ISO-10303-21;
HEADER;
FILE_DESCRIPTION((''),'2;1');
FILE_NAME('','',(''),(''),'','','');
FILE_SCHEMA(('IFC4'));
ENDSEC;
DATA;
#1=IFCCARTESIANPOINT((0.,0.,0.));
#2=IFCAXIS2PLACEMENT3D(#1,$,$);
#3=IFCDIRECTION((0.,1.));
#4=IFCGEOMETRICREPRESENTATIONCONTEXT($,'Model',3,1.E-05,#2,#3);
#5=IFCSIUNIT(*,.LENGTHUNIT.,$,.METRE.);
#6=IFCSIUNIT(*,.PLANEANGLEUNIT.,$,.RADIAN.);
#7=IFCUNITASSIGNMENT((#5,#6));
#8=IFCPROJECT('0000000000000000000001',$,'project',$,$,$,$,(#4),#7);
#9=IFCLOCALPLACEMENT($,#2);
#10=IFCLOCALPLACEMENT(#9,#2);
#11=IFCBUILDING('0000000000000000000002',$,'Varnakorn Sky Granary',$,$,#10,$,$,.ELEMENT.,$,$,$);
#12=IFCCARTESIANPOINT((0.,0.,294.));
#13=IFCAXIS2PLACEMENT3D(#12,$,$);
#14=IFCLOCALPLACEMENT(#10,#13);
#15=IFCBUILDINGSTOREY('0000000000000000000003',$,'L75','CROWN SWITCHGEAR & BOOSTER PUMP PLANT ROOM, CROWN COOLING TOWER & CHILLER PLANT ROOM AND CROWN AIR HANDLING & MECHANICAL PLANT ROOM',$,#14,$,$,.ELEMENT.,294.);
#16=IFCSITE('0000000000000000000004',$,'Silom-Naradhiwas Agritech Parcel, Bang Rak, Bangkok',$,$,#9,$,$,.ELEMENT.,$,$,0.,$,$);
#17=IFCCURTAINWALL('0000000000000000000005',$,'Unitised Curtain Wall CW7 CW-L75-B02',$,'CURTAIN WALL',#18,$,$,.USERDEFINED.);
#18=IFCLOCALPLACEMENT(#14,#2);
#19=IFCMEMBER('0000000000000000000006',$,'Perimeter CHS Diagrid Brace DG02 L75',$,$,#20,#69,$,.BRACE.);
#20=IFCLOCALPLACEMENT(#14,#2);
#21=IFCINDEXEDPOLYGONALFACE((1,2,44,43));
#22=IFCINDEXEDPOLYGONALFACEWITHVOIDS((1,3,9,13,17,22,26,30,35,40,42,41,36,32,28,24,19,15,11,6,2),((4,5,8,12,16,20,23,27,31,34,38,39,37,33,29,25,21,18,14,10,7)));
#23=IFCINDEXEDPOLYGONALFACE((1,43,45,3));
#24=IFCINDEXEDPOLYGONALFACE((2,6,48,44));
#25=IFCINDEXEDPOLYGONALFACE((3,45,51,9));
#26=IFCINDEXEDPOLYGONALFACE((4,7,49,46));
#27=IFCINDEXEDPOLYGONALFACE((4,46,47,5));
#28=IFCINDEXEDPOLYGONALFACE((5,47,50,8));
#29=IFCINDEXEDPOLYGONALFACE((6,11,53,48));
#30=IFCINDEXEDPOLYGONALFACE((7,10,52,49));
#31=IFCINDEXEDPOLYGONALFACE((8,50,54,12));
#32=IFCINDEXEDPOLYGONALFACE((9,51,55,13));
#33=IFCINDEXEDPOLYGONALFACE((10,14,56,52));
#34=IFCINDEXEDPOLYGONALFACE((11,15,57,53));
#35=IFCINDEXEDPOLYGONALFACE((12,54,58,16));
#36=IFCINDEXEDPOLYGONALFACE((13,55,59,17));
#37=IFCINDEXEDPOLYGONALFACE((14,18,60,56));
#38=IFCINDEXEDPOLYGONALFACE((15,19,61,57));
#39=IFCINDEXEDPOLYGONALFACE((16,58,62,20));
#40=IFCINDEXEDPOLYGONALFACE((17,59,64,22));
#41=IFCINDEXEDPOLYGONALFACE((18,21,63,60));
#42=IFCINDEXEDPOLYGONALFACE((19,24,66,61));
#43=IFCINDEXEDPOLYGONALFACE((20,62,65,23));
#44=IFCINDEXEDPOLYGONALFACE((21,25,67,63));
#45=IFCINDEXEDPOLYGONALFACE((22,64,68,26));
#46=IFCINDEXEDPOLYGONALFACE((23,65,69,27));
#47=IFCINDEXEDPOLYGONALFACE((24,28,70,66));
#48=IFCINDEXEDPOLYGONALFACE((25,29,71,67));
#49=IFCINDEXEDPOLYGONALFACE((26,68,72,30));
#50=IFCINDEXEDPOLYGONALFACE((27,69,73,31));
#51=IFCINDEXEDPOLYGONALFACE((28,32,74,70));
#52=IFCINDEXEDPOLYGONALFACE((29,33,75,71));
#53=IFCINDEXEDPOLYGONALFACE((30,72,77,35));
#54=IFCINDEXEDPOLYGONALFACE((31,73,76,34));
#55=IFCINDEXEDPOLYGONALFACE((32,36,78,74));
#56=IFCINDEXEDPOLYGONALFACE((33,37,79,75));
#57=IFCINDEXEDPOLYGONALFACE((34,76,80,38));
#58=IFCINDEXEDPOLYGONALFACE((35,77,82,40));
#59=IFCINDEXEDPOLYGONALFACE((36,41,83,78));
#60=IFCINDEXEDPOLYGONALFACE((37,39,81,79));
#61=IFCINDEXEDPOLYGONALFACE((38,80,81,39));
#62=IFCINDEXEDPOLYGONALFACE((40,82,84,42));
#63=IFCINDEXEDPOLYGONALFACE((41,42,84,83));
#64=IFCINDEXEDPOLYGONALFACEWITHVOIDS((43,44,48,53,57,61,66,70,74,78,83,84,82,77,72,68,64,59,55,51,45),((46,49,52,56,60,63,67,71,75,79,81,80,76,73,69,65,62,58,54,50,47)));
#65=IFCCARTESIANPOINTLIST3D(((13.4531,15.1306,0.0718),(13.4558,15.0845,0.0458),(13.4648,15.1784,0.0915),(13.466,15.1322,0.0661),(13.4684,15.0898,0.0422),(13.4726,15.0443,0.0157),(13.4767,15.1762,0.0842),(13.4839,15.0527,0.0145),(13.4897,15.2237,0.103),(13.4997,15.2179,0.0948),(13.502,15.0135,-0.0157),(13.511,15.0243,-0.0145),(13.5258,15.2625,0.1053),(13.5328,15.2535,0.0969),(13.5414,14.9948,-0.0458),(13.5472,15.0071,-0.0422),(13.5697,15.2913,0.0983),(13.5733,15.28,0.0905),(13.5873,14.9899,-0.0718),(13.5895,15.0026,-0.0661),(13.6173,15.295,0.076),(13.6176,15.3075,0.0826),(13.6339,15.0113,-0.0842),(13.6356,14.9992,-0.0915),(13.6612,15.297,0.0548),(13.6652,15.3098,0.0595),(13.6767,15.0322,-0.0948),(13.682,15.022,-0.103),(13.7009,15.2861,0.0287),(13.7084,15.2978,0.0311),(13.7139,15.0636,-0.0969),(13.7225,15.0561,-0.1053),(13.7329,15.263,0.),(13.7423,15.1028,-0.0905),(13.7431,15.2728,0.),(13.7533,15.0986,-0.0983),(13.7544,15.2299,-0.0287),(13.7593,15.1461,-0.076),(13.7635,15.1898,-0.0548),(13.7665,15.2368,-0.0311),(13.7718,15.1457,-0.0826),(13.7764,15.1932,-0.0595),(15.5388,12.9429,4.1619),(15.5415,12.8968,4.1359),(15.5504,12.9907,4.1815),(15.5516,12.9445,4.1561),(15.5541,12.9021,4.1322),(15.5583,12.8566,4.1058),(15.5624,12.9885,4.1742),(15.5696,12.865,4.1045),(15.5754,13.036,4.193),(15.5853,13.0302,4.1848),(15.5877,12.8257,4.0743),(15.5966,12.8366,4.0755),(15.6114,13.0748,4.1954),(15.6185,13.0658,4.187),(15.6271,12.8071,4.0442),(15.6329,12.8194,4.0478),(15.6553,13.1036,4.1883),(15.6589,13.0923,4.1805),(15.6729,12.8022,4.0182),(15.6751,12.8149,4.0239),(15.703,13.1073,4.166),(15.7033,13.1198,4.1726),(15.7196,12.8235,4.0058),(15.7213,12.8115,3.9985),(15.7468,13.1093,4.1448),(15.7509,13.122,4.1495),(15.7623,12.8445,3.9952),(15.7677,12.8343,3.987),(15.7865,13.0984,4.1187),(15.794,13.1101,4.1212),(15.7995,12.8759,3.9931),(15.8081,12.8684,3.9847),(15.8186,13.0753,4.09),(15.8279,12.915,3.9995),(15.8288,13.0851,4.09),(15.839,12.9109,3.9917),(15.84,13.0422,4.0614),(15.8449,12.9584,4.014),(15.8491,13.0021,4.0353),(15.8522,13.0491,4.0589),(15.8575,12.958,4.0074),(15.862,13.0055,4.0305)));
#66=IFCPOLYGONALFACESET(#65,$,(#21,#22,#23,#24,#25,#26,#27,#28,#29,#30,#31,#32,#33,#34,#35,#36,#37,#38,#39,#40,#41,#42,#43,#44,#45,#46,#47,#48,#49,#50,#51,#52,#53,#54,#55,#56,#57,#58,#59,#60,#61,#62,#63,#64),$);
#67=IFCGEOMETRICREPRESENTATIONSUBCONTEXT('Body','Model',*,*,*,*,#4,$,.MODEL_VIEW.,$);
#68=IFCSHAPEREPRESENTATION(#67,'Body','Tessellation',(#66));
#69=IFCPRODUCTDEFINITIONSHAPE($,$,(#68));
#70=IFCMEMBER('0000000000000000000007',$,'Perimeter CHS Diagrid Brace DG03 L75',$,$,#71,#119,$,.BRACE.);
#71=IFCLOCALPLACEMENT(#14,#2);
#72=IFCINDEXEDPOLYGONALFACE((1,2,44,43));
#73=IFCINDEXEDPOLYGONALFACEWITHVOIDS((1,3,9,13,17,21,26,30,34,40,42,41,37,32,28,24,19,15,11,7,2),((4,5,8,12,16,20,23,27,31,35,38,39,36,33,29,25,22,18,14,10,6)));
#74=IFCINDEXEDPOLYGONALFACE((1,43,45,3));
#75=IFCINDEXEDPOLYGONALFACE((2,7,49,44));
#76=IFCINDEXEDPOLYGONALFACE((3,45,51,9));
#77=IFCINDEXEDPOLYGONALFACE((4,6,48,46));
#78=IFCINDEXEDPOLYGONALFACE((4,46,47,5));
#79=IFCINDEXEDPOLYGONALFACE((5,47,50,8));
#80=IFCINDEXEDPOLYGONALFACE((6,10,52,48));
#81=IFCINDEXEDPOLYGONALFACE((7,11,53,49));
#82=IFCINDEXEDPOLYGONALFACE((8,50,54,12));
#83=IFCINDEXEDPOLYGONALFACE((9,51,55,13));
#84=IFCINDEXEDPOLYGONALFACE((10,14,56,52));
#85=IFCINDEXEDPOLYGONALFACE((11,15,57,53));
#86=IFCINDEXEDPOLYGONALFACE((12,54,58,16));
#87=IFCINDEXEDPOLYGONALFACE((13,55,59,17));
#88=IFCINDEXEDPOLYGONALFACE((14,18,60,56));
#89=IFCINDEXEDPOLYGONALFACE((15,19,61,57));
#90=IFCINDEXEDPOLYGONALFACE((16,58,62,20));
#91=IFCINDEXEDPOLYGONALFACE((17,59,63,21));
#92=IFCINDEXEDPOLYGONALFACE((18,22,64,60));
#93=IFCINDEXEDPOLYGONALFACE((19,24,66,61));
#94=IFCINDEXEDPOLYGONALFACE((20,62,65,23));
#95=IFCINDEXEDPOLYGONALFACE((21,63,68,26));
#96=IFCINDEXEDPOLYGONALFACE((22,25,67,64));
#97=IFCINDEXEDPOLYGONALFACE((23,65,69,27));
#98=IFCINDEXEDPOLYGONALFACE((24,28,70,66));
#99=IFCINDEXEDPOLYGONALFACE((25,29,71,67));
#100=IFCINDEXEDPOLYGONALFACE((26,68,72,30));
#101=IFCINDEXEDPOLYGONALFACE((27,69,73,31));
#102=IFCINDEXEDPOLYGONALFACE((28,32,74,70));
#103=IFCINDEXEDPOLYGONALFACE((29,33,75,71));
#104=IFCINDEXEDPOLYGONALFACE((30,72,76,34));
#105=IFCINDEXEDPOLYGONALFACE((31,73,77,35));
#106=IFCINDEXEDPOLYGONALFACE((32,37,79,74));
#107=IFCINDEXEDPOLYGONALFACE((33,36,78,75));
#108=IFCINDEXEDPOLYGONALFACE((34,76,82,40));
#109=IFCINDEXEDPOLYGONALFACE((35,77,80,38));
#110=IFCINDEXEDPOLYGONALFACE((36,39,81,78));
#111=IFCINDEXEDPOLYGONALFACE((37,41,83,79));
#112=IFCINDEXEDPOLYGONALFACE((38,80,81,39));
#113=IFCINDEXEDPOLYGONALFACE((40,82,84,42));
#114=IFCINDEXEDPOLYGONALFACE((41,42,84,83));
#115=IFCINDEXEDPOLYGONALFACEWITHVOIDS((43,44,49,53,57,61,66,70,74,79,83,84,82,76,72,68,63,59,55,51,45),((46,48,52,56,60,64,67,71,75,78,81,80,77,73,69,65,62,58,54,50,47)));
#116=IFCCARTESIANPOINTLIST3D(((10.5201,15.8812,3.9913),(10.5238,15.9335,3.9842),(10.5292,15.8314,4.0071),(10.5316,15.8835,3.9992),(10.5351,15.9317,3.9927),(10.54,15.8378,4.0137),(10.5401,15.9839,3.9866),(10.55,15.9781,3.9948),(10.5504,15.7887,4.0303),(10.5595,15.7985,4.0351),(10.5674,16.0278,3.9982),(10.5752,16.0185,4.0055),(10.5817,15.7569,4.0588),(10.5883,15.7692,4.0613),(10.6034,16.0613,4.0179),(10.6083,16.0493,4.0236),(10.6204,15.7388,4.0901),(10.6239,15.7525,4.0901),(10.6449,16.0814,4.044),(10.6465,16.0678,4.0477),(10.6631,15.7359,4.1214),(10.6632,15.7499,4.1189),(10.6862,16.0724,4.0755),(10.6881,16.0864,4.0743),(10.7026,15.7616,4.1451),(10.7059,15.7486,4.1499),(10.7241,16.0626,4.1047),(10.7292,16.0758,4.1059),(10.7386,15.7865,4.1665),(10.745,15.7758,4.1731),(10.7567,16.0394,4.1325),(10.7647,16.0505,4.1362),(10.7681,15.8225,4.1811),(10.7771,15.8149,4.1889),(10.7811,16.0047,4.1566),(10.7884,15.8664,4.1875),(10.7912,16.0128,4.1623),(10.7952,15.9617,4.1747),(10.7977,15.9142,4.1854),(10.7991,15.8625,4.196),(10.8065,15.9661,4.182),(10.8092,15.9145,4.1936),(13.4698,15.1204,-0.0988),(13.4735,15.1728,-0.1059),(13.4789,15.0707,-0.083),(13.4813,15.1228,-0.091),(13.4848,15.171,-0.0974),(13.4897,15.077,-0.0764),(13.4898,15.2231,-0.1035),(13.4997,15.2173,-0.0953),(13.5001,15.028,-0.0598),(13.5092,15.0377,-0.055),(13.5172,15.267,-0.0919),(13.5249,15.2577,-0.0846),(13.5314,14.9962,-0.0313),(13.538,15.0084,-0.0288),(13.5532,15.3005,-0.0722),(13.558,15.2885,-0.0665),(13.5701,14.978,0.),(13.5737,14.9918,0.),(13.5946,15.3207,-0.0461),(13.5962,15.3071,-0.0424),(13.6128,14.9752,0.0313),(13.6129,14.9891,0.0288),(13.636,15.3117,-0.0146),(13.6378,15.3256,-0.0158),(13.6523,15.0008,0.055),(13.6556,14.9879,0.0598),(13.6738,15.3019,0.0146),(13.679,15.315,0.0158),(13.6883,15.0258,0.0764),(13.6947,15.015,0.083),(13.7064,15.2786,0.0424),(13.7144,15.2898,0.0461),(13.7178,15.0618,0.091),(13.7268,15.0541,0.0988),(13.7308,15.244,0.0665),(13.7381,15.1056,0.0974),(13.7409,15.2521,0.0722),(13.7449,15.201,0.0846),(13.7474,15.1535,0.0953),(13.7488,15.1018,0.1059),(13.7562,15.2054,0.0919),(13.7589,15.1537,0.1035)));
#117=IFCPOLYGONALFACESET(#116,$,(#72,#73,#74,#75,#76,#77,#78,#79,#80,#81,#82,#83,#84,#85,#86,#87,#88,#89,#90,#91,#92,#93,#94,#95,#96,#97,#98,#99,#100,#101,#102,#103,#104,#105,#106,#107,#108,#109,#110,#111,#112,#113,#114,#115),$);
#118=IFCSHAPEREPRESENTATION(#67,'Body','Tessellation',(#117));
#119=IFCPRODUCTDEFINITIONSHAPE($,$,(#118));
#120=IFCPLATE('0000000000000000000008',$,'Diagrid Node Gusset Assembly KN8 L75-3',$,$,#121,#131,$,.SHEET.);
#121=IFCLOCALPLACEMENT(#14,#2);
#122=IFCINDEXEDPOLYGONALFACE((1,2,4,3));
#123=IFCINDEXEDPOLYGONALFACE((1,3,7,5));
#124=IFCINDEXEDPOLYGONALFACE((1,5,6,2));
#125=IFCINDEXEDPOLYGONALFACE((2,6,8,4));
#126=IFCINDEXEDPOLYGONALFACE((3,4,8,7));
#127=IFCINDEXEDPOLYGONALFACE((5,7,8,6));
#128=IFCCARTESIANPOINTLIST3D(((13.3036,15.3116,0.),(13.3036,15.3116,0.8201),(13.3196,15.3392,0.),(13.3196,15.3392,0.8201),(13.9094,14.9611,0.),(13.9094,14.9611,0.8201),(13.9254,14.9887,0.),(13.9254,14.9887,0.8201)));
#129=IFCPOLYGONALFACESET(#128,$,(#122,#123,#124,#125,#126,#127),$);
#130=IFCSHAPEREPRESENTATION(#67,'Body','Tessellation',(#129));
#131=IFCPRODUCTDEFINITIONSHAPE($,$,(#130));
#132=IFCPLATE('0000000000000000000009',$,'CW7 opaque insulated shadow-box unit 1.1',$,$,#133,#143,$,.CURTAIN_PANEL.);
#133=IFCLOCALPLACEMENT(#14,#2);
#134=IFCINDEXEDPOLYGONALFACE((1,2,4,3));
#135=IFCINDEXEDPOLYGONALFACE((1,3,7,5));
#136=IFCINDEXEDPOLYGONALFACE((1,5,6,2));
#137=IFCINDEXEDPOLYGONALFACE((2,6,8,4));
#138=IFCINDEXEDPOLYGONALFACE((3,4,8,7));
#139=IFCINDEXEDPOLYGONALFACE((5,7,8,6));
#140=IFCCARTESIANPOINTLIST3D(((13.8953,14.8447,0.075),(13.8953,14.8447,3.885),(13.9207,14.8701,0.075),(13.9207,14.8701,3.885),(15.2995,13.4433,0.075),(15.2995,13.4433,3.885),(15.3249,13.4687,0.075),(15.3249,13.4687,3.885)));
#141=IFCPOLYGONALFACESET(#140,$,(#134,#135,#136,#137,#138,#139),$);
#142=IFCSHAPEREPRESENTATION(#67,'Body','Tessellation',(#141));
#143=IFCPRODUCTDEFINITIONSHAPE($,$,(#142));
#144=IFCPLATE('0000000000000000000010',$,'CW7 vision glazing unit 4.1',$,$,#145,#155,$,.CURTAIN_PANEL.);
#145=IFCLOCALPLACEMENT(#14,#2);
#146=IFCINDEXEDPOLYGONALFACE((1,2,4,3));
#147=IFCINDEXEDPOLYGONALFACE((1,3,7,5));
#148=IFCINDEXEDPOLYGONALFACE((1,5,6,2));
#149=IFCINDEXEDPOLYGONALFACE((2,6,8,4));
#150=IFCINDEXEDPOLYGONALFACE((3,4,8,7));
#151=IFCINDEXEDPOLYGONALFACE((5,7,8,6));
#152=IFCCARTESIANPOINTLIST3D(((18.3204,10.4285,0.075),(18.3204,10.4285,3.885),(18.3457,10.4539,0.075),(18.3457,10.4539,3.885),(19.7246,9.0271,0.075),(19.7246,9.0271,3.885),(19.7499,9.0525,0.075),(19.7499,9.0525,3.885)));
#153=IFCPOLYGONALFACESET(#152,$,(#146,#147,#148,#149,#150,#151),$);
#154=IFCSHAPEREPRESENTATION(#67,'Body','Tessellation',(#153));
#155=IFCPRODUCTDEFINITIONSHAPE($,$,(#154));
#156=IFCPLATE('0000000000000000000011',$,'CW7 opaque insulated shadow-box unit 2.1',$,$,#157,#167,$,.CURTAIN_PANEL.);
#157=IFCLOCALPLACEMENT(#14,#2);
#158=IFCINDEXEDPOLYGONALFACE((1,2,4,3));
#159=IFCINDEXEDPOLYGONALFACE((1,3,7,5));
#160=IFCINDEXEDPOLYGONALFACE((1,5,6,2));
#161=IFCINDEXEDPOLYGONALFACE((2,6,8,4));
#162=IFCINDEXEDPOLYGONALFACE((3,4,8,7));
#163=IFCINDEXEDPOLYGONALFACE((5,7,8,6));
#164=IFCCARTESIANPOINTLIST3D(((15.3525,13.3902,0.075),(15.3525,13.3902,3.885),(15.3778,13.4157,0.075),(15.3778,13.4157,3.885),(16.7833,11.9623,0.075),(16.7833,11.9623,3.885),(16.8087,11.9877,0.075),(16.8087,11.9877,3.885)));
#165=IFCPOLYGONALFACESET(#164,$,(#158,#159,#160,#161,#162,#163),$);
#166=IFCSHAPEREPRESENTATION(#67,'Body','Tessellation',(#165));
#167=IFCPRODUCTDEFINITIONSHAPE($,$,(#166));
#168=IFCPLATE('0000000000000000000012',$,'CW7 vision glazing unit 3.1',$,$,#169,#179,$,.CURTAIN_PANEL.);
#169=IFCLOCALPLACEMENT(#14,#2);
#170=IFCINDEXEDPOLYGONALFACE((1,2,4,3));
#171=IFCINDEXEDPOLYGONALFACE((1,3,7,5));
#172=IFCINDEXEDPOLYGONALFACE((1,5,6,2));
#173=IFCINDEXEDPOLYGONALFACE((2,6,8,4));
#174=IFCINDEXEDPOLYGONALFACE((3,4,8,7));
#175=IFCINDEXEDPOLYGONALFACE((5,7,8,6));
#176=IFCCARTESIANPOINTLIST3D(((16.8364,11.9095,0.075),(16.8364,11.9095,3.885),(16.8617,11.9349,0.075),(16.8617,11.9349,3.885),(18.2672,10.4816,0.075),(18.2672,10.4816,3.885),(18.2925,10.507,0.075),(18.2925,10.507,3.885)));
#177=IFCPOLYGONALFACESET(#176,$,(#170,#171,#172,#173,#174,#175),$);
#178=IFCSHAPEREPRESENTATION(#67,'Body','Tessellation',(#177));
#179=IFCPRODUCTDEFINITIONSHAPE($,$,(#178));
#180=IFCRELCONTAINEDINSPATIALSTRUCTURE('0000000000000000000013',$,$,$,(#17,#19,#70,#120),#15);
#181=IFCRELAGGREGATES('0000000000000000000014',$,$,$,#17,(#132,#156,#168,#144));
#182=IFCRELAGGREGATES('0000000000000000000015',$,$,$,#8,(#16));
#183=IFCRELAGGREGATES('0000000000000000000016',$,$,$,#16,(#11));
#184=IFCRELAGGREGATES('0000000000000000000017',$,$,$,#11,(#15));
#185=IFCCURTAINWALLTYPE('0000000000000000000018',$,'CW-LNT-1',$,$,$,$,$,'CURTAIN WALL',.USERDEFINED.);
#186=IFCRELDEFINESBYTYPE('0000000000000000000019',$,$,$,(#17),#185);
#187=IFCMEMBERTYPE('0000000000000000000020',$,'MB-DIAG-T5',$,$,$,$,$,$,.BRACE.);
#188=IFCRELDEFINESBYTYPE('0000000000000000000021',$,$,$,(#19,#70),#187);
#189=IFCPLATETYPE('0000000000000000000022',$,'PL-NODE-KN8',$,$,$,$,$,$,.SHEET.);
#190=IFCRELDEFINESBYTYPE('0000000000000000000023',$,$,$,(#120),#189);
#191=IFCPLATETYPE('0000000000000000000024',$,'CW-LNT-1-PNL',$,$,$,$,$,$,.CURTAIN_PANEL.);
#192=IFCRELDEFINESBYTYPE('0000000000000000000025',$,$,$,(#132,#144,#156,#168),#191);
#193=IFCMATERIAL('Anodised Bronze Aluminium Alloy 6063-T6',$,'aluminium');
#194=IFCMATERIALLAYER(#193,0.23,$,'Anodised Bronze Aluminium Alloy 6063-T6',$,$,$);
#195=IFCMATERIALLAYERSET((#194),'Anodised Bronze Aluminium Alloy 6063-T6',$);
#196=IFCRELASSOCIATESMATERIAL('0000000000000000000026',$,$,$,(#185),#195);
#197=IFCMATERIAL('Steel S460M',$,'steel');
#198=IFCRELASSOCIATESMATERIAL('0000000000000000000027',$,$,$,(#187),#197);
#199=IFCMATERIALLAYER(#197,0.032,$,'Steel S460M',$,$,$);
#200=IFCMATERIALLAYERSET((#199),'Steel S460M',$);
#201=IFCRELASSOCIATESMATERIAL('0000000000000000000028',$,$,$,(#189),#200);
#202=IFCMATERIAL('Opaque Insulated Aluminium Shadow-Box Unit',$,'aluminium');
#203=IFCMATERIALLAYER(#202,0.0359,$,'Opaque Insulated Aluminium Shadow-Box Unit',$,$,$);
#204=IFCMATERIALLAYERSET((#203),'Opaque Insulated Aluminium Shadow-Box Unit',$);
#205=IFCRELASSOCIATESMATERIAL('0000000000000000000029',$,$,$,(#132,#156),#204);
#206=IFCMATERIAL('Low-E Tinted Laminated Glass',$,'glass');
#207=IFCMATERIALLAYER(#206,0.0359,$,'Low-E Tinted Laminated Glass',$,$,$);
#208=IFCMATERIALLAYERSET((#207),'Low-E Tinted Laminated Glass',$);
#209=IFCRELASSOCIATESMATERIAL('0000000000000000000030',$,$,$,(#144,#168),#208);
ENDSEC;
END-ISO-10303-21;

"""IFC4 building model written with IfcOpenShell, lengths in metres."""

from ifc_helpers import new_model, si_unit, direction, frame, origin, origin_2d, place, context, subcontext, project, spatial, rectangle, hollow_circle, extrude, source, transform, mapped, material, layer, layer_set, material_profile, profile_set, type_object, type_shapes, element, aggregate, save


model = new_model("IFC4")

# Units and contexts
model_context = context("Model", 3, precision=1e-05, world=origin(), true_north=direction((0.0, 1.0)))
body_context = subcontext(model_context, "Body", "Model", "MODEL_VIEW")
ifc_project = project(units=[si_unit("LENGTHUNIT", "METRE"), si_unit("PLANEANGLEUNIT", "RADIAN")], contexts=[model_context])

# Site, building, storey
site_placement = place(None, origin())
site = spatial("IfcSite", under=ifc_project, at=site_placement, Name="Silom-Naradhiwas Agritech Parcel, Bang Rak, Bangkok", CompositionType="ELEMENT", RefElevation=0.0)
building_placement = place(site_placement, origin())
building = spatial("IfcBuilding", under=site, at=building_placement, Name="Varnakorn Sky Granary", CompositionType="ELEMENT")
storey_placement = place(building_placement, frame((0.0, 0.0, 294.0)))
storey = spatial("IfcBuildingStorey", under=building, at=storey_placement, Name="L75", Description="CROWN SWITCHGEAR & BOOSTER PUMP PLANT ROOM, CROWN COOLING TOWER & CHILLER PLANT ROOM AND CROWN AIR HANDLING & MECHANICAL PLANT ROOM", CompositionType="ELEMENT", Elevation=294.0)

# Shared definitions
ifc_material_1 = material(Name="Steel S460M", Category="steel")

# Curtain wall
ifc_material_2 = material(Name="Anodised Bronze Aluminium Alloy 6063-T6", Category="aluminium")
ifc_layer_1 = layer(ifc_material_2, 0.23, Name="Anodised Bronze Aluminium Alloy 6063-T6")
ifc_layer_set_1 = layer_set([ifc_layer_1], Name="Anodised Bronze Aluminium Alloy 6063-T6")
curtain_wall_type = type_object("IfcCurtainWallType", Name="CW-LNT-1", ElementType="CURTAIN WALL", PredefinedType="USERDEFINED", material=ifc_layer_set_1)
curtain_wall_1_placement = place(storey_placement, origin())
curtain_wall_1 = element("IfcCurtainWall", 1, at=curtain_wall_1_placement, inside=storey, type_object=curtain_wall_type, Name="Unitised Curtain Wall CW7 CW-L75-B02", ObjectType="CURTAIN WALL", PredefinedType="USERDEFINED")

# Members
ifc_material_profile_1 = material_profile(ifc_material_1, hollow_circle(Radius=0.1777, WallThickness=0.0142, at=origin_2d()), Name="CHS 355.6x14")
ifc_profile_set_1 = profile_set([ifc_material_profile_1], Name="Steel S460M")
member_type_1 = type_object("IfcMemberType", Name="MB-DIAG-T5", PredefinedType="BRACE", material=ifc_profile_set_1)
member_1_placement = place(storey_placement, frame((13.6145, 15.1501, 0.0), z_axis=(0.410103, -0.430169, 0.80422), x_axis=(0.723786, 0.690024, 0.0)))
element("IfcMember", 2, at=member_1_placement, inside=storey, type_object=member_type_1, Name="Perimeter CHS Diagrid Brace DG02 L75", PredefinedType="BRACE", context=body_context, shape_type="SweptSolid", body=[
    extrude(hollow_circle(Radius=0.1777, WallThickness=0.0142, at=origin_2d()), origin(), (0.0, 0.0, 1.0), 5.0857),
])
member_2_placement = place(storey_placement, frame((13.6145, 15.1501, 0.0), z_axis=(-0.578393, 0.14917, 0.802004), x_axis=(-0.249733, -0.968315, 0.0)))
element("IfcMember", 3, at=member_2_placement, inside=storey, type_object=member_type_1, Name="Perimeter CHS Diagrid Brace DG03 L75", PredefinedType="BRACE", context=body_context, shape_type="SweptSolid", body=[
    extrude(hollow_circle(Radius=0.1777, WallThickness=0.0142, at=origin_2d()), origin(), (0.0, 0.0, 1.0), 5.0999),
])

# Plates
ifc_layer_2 = layer(ifc_material_1, 0.032, Name="Steel S460M")
ifc_layer_set_2 = layer_set([ifc_layer_2], Name="Steel S460M")
plate_type_1 = type_object("IfcPlateType", Name="PL-NODE-KN8", PredefinedType="SHEET", material=ifc_layer_set_2)
plate_1_placement = place(storey_placement, frame((13.6145, 15.1501, 0.0), z_axis=(0.0, 0.0, 1.0), x_axis=(-0.865591, 0.500751, 0.0)))
element("IfcPlate", 4, at=plate_1_placement, inside=storey, type_object=plate_type_1, Name="Diagrid Node Gusset Assembly KN8 L75-3", PredefinedType="SHEET", context=body_context, shape_type="SweptSolid", body=[
    extrude(rectangle(XDim=0.7, YDim=0.032, at=origin_2d()), origin(), (0.0, 0.0, 1.0), 0.8201),
])
ifc_material_3 = material(Name="Opaque Insulated Aluminium Shadow-Box Unit", Category="aluminium")
ifc_layer_3 = layer(ifc_material_3, 0.0359, Name="Opaque Insulated Aluminium Shadow-Box Unit")
ifc_layer_set_3 = layer_set([ifc_layer_3], Name="Opaque Insulated Aluminium Shadow-Box Unit")
plate_type_2 = type_object("IfcPlateType", Name="CW-LNT-1-PNL", PredefinedType="CURTAIN_PANEL")
shared_shape_1 = source(origin(), body_context, "Body", "SweptSolid", [
    extrude(rectangle(XDim=1.9839, YDim=0.0359, at=origin_2d()), origin(), (0.0, 0.0, 1.0), 3.8101),
])
plate_2_placement = place(storey_placement, frame((14.6101, 14.1567, 0.075), z_axis=(0.0, 0.0, 1.0), x_axis=(0.707816, -0.706397, 0.0)))
plate_2 = element("IfcPlate", 5, at=plate_2_placement, type_object=plate_type_2, material=ifc_layer_set_3, Name="CW7 opaque insulated shadow-box unit 1.1", PredefinedType="CURTAIN_PANEL", context=body_context, shape_type="MappedRepresentation", body=[
    mapped(shared_shape_1, transform((0.0, 0.0, 0.0), x_axis=(1.0, 0.0, 0.0), y_axis=(0.0, 1.0, 0.0), z_axis=(0.0, 0.0, 1.0), scale=1.0)),
])
ifc_material_4 = material(Name="Low-E Tinted Laminated Glass", Category="glass")
ifc_layer_4 = layer(ifc_material_4, 0.0359, Name="Low-E Tinted Laminated Glass")
ifc_layer_set_4 = layer_set([ifc_layer_4], Name="Low-E Tinted Laminated Glass")
plate_3_placement = place(storey_placement, frame((19.0352, 9.7405, 0.075), z_axis=(0.0, 0.0, 1.0), x_axis=(0.707816, -0.706397, 0.0)))
plate_3 = element("IfcPlate", 6, at=plate_3_placement, type_object=plate_type_2, material=ifc_layer_set_4, Name="CW7 vision glazing unit 4.1", PredefinedType="CURTAIN_PANEL", context=body_context, shape_type="MappedRepresentation", body=[
    mapped(shared_shape_1, transform((0.0, 0.0, 0.0), x_axis=(1.0, 0.0, 0.0), y_axis=(0.0, 1.0, 0.0), z_axis=(0.0, 0.0, 1.0), scale=1.0)),
])
shared_shape_2 = source(origin(), body_context, "Body", "SweptSolid", [
    extrude(rectangle(XDim=2.0215, YDim=0.0359, at=origin_2d()), origin(), (0.0, 0.0, 1.0), 3.8101),
])
type_shapes(plate_type_2, [shared_shape_1, shared_shape_2])
plate_4_placement = place(storey_placement, frame((16.0806, 12.689, 0.075), z_axis=(0.0, 0.0, 1.0), x_axis=(0.707816, -0.706397, 0.0)))
plate_4 = element("IfcPlate", 7, at=plate_4_placement, type_object=plate_type_2, material=ifc_layer_set_3, Name="CW7 opaque insulated shadow-box unit 2.1", PredefinedType="CURTAIN_PANEL", context=body_context, shape_type="MappedRepresentation", body=[
    mapped(shared_shape_2, transform((0.0, 0.0, 0.0), x_axis=(1.0, 0.0, 0.0), y_axis=(0.0, 1.0, 0.0), z_axis=(0.0, 0.0, 1.0), scale=1.0)),
])
plate_5_placement = place(storey_placement, frame((17.5645, 11.2083, 0.075), z_axis=(0.0, 0.0, 1.0), x_axis=(0.707816, -0.706397, 0.0)))
plate_5 = element("IfcPlate", 8, at=plate_5_placement, type_object=plate_type_2, material=ifc_layer_set_4, Name="CW7 vision glazing unit 3.1", PredefinedType="CURTAIN_PANEL", context=body_context, shape_type="MappedRepresentation", body=[
    mapped(shared_shape_2, transform((0.0, 0.0, 0.0), x_axis=(1.0, 0.0, 0.0), y_axis=(0.0, 1.0, 0.0), z_axis=(0.0, 0.0, 1.0), scale=1.0)),
])
aggregate(curtain_wall_1, [plate_2, plate_4, plate_5, plate_3])

save(model, "model.ifc")
